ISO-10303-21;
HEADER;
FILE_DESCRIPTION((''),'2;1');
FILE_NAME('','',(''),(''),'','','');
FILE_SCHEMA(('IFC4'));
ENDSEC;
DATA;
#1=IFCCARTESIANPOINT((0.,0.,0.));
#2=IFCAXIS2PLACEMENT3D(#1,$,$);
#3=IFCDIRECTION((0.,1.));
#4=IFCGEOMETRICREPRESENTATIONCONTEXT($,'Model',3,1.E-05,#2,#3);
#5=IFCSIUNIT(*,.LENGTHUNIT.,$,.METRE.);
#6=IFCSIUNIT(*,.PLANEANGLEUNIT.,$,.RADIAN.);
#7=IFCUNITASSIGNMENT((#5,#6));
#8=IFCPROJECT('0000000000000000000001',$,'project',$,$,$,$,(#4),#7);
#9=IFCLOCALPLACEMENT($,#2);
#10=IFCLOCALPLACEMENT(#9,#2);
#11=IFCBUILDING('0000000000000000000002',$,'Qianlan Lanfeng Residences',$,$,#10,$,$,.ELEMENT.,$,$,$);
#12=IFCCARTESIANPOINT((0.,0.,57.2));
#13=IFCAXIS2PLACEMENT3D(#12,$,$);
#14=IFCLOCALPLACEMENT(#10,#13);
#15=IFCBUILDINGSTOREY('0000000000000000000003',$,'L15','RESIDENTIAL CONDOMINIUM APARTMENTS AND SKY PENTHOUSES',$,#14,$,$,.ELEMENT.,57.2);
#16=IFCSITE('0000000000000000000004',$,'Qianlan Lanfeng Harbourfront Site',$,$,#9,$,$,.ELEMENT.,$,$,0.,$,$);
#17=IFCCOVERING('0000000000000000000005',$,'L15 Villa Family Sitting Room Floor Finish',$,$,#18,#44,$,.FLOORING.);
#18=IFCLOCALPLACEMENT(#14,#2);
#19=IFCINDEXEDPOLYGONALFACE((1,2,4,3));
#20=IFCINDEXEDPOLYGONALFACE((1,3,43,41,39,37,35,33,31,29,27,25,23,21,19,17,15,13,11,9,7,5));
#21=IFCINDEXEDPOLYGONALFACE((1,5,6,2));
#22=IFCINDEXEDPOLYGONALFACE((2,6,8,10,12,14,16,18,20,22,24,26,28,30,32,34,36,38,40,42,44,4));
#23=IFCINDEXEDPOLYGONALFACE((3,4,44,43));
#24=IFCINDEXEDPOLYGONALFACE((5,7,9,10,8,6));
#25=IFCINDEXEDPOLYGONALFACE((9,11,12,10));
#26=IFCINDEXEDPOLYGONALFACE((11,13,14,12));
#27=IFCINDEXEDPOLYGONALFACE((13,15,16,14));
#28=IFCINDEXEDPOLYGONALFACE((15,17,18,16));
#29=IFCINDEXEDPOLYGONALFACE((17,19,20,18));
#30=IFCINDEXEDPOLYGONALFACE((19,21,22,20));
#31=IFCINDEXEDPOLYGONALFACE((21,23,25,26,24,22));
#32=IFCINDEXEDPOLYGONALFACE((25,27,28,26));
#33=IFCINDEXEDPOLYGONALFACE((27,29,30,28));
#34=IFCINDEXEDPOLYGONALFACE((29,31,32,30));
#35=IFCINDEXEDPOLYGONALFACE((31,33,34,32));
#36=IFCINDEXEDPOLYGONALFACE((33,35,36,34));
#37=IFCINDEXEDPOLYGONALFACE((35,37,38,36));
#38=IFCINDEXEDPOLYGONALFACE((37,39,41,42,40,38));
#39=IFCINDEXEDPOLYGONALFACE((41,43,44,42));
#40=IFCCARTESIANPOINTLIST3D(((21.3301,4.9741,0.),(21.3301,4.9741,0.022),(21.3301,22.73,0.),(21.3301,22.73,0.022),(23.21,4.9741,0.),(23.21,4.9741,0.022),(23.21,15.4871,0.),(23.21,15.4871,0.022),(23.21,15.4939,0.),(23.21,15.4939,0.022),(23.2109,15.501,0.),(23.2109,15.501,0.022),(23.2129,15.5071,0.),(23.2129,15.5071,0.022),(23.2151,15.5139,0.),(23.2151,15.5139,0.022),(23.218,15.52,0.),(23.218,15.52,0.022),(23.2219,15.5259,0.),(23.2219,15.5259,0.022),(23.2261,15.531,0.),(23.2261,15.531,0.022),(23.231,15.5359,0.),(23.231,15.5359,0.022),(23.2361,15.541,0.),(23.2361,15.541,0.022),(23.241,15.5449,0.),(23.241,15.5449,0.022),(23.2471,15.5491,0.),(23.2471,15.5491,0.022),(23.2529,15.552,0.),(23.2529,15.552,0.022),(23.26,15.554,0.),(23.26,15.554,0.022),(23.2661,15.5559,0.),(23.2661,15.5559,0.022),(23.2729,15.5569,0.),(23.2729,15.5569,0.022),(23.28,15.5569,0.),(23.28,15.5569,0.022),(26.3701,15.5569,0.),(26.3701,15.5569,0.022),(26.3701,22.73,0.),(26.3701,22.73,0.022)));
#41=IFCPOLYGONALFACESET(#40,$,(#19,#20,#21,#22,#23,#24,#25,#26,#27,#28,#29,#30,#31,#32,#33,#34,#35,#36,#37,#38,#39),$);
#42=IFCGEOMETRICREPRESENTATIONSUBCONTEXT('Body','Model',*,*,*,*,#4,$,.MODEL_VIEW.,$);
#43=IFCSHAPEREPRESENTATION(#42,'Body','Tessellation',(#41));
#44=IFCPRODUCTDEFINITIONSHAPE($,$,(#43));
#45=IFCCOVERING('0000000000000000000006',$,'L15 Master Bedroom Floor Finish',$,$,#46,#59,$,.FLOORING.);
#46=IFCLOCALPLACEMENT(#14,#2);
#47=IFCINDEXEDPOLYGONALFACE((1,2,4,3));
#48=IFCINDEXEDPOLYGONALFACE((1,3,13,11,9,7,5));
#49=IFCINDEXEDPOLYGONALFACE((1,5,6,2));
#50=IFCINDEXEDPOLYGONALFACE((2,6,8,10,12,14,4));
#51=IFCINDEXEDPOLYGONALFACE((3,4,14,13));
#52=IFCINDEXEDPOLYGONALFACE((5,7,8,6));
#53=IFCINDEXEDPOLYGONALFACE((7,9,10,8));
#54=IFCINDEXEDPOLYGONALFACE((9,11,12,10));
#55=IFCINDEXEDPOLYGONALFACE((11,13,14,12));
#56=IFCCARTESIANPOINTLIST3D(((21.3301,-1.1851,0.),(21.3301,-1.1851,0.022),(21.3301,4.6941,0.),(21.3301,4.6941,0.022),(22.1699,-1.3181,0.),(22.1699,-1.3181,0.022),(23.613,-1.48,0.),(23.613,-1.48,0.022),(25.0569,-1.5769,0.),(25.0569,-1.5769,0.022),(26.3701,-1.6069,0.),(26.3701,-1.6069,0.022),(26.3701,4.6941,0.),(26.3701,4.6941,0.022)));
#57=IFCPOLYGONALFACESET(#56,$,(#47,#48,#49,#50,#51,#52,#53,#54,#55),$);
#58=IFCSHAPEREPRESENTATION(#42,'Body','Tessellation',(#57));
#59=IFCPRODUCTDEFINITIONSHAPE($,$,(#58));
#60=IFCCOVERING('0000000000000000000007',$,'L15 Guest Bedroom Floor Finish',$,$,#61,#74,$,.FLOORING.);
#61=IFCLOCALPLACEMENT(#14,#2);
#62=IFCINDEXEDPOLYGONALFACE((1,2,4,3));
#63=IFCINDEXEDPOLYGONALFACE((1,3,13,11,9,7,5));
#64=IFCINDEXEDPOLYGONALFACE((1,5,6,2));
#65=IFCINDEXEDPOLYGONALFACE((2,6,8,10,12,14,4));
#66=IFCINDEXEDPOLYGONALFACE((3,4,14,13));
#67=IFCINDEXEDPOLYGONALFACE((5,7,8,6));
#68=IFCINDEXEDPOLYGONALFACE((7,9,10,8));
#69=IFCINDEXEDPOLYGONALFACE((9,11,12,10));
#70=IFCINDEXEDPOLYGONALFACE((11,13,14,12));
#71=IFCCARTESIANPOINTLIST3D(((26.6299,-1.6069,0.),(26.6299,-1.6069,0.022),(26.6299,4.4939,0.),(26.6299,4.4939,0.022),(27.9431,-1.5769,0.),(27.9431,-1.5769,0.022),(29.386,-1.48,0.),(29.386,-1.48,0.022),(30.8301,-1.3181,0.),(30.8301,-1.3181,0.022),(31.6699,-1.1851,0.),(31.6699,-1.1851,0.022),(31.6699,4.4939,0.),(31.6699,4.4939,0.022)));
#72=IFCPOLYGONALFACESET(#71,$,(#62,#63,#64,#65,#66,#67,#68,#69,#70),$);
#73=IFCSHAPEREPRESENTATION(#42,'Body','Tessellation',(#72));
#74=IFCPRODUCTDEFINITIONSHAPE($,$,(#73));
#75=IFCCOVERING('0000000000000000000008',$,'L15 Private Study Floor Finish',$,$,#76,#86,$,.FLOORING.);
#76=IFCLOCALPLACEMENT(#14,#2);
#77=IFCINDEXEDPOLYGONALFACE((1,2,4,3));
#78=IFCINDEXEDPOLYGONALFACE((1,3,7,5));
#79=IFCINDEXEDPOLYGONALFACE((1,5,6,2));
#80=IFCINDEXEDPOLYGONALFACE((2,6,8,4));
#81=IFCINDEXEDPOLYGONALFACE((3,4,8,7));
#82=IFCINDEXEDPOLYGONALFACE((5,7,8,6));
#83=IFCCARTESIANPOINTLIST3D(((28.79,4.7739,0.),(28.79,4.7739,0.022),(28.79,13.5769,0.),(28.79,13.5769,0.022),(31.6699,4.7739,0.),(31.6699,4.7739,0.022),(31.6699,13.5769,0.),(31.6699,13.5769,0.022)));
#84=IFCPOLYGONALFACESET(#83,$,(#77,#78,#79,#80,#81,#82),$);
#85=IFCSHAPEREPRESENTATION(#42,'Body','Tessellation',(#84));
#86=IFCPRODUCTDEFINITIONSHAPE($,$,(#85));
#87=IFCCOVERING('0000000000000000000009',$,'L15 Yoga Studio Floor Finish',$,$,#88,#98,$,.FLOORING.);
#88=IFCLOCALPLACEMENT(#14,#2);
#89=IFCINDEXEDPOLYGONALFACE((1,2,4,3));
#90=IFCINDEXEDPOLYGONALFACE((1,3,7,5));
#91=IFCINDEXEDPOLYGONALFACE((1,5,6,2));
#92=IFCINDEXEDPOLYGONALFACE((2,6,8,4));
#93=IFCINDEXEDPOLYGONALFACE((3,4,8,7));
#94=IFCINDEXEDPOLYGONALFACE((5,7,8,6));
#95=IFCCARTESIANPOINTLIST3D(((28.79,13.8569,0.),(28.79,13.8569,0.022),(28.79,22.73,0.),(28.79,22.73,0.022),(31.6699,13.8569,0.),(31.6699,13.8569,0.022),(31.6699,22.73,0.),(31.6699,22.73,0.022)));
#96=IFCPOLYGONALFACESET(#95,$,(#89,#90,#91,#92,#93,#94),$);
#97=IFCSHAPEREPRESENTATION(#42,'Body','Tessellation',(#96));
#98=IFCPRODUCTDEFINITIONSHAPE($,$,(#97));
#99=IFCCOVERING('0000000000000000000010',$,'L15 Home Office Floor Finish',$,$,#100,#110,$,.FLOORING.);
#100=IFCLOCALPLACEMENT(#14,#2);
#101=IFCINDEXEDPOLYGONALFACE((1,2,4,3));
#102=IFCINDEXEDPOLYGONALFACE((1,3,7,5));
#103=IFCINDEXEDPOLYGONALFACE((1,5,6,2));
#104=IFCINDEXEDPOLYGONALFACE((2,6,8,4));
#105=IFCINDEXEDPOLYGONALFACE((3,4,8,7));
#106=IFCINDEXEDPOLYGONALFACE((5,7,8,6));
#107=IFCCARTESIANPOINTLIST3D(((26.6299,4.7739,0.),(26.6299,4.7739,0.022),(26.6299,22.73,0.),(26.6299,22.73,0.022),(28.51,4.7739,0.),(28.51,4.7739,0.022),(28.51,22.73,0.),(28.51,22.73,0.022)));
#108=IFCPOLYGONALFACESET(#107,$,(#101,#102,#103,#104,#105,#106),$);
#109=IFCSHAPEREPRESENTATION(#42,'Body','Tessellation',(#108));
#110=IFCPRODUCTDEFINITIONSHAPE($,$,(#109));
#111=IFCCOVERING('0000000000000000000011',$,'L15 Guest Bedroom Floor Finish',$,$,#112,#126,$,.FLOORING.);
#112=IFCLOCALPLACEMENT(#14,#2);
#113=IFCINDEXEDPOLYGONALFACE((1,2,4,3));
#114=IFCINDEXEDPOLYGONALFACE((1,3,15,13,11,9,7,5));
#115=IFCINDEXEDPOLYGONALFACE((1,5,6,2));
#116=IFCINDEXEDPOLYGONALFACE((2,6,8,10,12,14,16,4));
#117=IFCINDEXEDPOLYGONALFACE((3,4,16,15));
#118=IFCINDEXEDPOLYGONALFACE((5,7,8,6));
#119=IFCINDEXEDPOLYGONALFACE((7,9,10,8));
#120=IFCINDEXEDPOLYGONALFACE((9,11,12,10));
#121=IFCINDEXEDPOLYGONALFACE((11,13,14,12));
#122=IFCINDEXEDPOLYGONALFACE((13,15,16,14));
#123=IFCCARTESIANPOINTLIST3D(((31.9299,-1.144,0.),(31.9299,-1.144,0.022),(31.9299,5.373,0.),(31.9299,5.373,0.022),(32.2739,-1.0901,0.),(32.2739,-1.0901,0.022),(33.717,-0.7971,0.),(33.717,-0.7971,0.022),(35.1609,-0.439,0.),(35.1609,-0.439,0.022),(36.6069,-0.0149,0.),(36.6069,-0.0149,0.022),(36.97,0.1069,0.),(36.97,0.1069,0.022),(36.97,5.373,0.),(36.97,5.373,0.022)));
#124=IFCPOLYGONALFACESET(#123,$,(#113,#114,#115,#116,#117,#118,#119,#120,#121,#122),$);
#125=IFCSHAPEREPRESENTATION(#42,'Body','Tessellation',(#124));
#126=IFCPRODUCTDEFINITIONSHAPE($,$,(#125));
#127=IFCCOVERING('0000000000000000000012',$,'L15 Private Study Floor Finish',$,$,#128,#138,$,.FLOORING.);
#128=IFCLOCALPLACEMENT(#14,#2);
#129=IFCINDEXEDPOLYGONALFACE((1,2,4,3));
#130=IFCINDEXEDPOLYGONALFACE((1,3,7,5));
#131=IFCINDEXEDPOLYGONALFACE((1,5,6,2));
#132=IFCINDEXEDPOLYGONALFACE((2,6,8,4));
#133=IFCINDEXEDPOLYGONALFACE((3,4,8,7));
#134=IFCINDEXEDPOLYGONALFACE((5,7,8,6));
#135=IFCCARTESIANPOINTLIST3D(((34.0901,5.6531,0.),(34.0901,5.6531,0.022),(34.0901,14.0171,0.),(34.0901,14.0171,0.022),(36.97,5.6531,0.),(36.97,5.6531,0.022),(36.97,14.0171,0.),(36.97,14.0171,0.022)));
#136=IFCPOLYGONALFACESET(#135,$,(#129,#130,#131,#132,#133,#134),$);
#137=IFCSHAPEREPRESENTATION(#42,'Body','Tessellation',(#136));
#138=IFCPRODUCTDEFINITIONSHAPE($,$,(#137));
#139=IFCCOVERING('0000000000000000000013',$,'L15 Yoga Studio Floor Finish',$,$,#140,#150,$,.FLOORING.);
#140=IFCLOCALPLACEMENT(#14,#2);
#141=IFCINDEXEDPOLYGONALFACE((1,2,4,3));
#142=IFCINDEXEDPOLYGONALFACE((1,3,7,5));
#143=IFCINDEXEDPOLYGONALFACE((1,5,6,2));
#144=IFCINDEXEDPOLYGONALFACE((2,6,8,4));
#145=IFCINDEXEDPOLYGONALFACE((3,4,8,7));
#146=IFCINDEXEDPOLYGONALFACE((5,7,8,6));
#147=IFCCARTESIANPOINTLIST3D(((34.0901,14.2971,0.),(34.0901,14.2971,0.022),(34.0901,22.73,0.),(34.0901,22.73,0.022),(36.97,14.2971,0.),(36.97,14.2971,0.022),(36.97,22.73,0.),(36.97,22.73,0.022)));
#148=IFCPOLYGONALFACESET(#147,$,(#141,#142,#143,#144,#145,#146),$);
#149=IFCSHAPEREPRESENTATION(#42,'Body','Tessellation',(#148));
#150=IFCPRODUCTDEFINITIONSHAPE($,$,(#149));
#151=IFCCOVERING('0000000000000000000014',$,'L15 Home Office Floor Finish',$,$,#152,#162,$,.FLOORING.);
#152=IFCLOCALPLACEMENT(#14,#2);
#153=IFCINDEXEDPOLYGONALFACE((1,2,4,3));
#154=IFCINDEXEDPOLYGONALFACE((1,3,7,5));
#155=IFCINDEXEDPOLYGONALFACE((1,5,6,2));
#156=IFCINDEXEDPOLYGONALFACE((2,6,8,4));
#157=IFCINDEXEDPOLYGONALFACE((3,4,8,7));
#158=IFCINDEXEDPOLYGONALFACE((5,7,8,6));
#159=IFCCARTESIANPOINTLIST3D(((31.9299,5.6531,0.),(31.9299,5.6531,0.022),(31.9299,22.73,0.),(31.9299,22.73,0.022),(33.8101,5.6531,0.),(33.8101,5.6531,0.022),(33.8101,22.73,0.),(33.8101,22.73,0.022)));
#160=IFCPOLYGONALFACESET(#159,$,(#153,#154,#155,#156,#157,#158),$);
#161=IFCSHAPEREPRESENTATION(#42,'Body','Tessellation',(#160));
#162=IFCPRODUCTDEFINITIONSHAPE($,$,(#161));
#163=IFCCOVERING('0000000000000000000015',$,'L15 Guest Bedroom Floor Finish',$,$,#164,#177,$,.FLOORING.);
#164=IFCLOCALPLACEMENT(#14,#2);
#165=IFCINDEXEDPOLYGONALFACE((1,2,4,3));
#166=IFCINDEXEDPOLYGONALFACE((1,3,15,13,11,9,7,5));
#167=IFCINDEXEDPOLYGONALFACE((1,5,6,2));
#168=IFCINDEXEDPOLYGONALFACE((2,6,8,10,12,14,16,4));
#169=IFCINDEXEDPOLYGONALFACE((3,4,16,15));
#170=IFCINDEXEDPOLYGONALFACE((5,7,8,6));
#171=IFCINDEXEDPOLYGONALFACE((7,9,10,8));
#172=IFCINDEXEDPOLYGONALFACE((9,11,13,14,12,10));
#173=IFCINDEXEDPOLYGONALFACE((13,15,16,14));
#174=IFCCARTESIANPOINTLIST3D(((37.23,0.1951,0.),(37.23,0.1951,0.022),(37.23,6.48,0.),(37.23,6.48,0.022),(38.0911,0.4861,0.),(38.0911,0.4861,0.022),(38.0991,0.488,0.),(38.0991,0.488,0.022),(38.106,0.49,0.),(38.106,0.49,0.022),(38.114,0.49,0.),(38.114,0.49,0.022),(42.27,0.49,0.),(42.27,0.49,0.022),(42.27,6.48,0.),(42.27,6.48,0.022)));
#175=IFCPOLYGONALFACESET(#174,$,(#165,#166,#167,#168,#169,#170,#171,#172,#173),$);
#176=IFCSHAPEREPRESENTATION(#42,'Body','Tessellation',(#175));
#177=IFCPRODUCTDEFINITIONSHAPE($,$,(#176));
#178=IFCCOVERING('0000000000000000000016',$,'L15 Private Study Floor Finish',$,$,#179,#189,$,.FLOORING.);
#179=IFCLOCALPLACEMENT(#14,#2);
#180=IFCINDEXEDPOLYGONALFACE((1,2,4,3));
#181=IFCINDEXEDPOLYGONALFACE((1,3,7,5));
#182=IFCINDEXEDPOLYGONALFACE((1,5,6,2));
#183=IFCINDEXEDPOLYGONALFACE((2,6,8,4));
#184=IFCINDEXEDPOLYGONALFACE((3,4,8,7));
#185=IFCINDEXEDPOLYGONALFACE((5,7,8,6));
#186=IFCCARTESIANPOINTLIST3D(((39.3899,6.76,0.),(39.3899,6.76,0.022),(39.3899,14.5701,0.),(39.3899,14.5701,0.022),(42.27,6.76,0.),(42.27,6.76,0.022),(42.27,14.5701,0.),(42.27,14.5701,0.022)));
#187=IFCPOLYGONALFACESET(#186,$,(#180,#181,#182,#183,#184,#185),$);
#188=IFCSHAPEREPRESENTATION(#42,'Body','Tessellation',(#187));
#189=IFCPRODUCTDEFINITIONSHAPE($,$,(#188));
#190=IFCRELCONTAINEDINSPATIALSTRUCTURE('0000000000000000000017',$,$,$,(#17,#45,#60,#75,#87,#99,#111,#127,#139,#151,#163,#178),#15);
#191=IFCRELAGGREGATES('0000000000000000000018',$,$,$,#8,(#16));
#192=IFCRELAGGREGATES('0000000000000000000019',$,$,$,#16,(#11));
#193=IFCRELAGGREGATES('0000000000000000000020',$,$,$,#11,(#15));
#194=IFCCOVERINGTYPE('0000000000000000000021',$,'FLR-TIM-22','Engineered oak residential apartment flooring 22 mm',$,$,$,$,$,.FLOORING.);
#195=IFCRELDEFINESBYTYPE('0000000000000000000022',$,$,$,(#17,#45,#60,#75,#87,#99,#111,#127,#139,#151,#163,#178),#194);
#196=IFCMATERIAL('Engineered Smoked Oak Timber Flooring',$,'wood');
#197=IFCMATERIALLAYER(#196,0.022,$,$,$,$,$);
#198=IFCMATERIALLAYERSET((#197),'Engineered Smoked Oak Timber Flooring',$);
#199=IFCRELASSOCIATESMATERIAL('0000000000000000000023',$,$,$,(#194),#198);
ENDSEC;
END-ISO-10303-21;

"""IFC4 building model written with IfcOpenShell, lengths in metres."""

from ifc_helpers import new_model, si_unit, direction, frame, origin, place, context, subcontext, project, spatial, polyline, outline, extrude, material, layer, layer_set, type_object, element, save


model = new_model("IFC4")

# Units and contexts
model_context = context("Model", 3, precision=1e-05, world=origin(), true_north=direction((0.0, 1.0)))
body_context = subcontext(model_context, "Body", "Model", "MODEL_VIEW")
ifc_project = project(units=[si_unit("LENGTHUNIT", "METRE"), si_unit("PLANEANGLEUNIT", "RADIAN")], contexts=[model_context])

# Site, building, storey
site_placement = place(None, origin())
site = spatial("IfcSite", under=ifc_project, at=site_placement, Name="Qianlan Lanfeng Harbourfront Site", CompositionType="ELEMENT", RefElevation=0.0)
building_placement = place(site_placement, origin())
building = spatial("IfcBuilding", under=site, at=building_placement, Name="Qianlan Lanfeng Residences", CompositionType="ELEMENT")
storey_placement = place(building_placement, frame((0.0, 0.0, 57.2)))
storey = spatial("IfcBuildingStorey", under=building, at=storey_placement, Name="L15", Description="RESIDENTIAL CONDOMINIUM APARTMENTS AND SKY PENTHOUSES", CompositionType="ELEMENT", Elevation=57.2)

# Coverings
ifc_material_1 = material(Name="Engineered Smoked Oak Timber Flooring", Category="wood")
ifc_layer = layer(ifc_material_1, 0.022)
ifc_layer_set = layer_set([ifc_layer], Name="Engineered Smoked Oak Timber Flooring")
covering_type = type_object("IfcCoveringType", Name="FLR-TIM-22", Description="Engineered oak residential apartment flooring 22 mm", PredefinedType="FLOORING", material=ifc_layer_set)
covering_1_placement = place(storey_placement, origin())
element("IfcCovering", 1, at=covering_1_placement, inside=storey, type_object=covering_type, Name="L15 Villa Family Sitting Room Floor Finish", PredefinedType="FLOORING", context=body_context, shape_type="SweptSolid", body=[
    extrude(outline(polyline([(21.3301, 4.9741), (23.21, 4.9741), (23.21, 15.4871), (23.21, 15.4939), (23.2109, 15.501), (23.2129, 15.5071), (23.2151, 15.5139), (23.218, 15.52), (23.2219, 15.5259), (23.2261, 15.531), (23.231, 15.5359), (23.2361, 15.541), (23.241, 15.5449), (23.2471, 15.5491), (23.2529, 15.552), (23.26, 15.554), (23.2661, 15.5559), (23.2729, 15.5569), (23.28, 15.5569), (26.3701, 15.5569), (26.3701, 22.73), (21.3301, 22.73), (21.3301, 4.9741)])), origin(), (0.0, 0.0, 1.0), 0.022),
])
covering_2_placement = place(storey_placement, origin())
element("IfcCovering", 2, at=covering_2_placement, inside=storey, type_object=covering_type, Name="L15 Master Bedroom Floor Finish", PredefinedType="FLOORING", context=body_context, shape_type="SweptSolid", body=[
    extrude(outline(polyline([(21.3301, 4.6941), (21.3301, -1.1851), (22.1699, -1.3181), (23.613, -1.48), (25.0569, -1.5769), (26.3701, -1.6069), (26.3701, 4.6941), (21.3301, 4.6941)])), origin(), (0.0, 0.0, 1.0), 0.022),
])
covering_3_placement = place(storey_placement, origin())
element("IfcCovering", 3, at=covering_3_placement, inside=storey, type_object=covering_type, Name="L15 Guest Bedroom Floor Finish", PredefinedType="FLOORING", context=body_context, shape_type="SweptSolid", body=[
    extrude(outline(polyline([(26.6299, 4.4939), (26.6299, -1.6069), (27.9431, -1.5769), (29.386, -1.48), (30.8301, -1.3181), (31.6699, -1.1851), (31.6699, 4.4939), (26.6299, 4.4939)])), origin(), (0.0, 0.0, 1.0), 0.022),
])
covering_4_placement = place(storey_placement, origin())
element("IfcCovering", 4, at=covering_4_placement, inside=storey, type_object=covering_type, Name="L15 Private Study Floor Finish", PredefinedType="FLOORING", context=body_context, shape_type="SweptSolid", body=[
    extrude(outline(polyline([(28.79, 4.7739), (31.6699, 4.7739), (31.6699, 13.5769), (28.79, 13.5769), (28.79, 4.7739)])), origin(), (0.0, 0.0, 1.0), 0.022),
])
covering_5_placement = place(storey_placement, origin())
element("IfcCovering", 5, at=covering_5_placement, inside=storey, type_object=covering_type, Name="L15 Yoga Studio Floor Finish", PredefinedType="FLOORING", context=body_context, shape_type="SweptSolid", body=[
    extrude(outline(polyline([(28.79, 13.8569), (31.6699, 13.8569), (31.6699, 22.73), (28.79, 22.73), (28.79, 13.8569)])), origin(), (0.0, 0.0, 1.0), 0.022),
])
covering_6_placement = place(storey_placement, origin())
element("IfcCovering", 6, at=covering_6_placement, inside=storey, type_object=covering_type, Name="L15 Home Office Floor Finish", PredefinedType="FLOORING", context=body_context, shape_type="SweptSolid", body=[
    extrude(outline(polyline([(26.6299, 4.7739), (28.51, 4.7739), (28.51, 22.73), (26.6299, 22.73), (26.6299, 4.7739)])), origin(), (0.0, 0.0, 1.0), 0.022),
])
covering_7_placement = place(storey_placement, origin())
element("IfcCovering", 7, at=covering_7_placement, inside=storey, type_object=covering_type, Name="L15 Guest Bedroom Floor Finish", PredefinedType="FLOORING", context=body_context, shape_type="SweptSolid", body=[
    extrude(outline(polyline([(31.9299, 5.373), (31.9299, -1.144), (32.2739, -1.0901), (33.717, -0.7971), (35.1609, -0.439), (36.6069, -0.0149), (36.97, 0.1069), (36.97, 5.373), (31.9299, 5.373)])), origin(), (0.0, 0.0, 1.0), 0.022),
])
covering_8_placement = place(storey_placement, origin())
element("IfcCovering", 8, at=covering_8_placement, inside=storey, type_object=covering_type, Name="L15 Private Study Floor Finish", PredefinedType="FLOORING", context=body_context, shape_type="SweptSolid", body=[
    extrude(outline(polyline([(34.0901, 5.6531), (36.97, 5.6531), (36.97, 14.0171), (34.0901, 14.0171), (34.0901, 5.6531)])), origin(), (0.0, 0.0, 1.0), 0.022),
])
covering_9_placement = place(storey_placement, origin())
element("IfcCovering", 9, at=covering_9_placement, inside=storey, type_object=covering_type, Name="L15 Yoga Studio Floor Finish", PredefinedType="FLOORING", context=body_context, shape_type="SweptSolid", body=[
    extrude(outline(polyline([(34.0901, 14.2971), (36.97, 14.2971), (36.97, 22.73), (34.0901, 22.73), (34.0901, 14.2971)])), origin(), (0.0, 0.0, 1.0), 0.022),
])
covering_10_placement = place(storey_placement, origin())
element("IfcCovering", 10, at=covering_10_placement, inside=storey, type_object=covering_type, Name="L15 Home Office Floor Finish", PredefinedType="FLOORING", context=body_context, shape_type="SweptSolid", body=[
    extrude(outline(polyline([(31.9299, 5.6531), (33.8101, 5.6531), (33.8101, 22.73), (31.9299, 22.73), (31.9299, 5.6531)])), origin(), (0.0, 0.0, 1.0), 0.022),
])
covering_11_placement = place(storey_placement, origin())
element("IfcCovering", 11, at=covering_11_placement, inside=storey, type_object=covering_type, Name="L15 Guest Bedroom Floor Finish", PredefinedType="FLOORING", context=body_context, shape_type="SweptSolid", body=[
    extrude(outline(polyline([(37.23, 6.48), (37.23, 0.1951), (38.0911, 0.4861), (38.0991, 0.488), (38.106, 0.49), (38.114, 0.49), (42.27, 0.49), (42.27, 6.48), (37.23, 6.48)])), origin(), (0.0, 0.0, 1.0), 0.022),
])
covering_12_placement = place(storey_placement, origin())
element("IfcCovering", 12, at=covering_12_placement, inside=storey, type_object=covering_type, Name="L15 Private Study Floor Finish", PredefinedType="FLOORING", context=body_context, shape_type="SweptSolid", body=[
    extrude(outline(polyline([(39.3899, 6.76), (42.27, 6.76), (42.27, 14.5701), (39.3899, 14.5701), (39.3899, 6.76)])), origin(), (0.0, 0.0, 1.0), 0.022),
])

save(model, "model.ifc")
